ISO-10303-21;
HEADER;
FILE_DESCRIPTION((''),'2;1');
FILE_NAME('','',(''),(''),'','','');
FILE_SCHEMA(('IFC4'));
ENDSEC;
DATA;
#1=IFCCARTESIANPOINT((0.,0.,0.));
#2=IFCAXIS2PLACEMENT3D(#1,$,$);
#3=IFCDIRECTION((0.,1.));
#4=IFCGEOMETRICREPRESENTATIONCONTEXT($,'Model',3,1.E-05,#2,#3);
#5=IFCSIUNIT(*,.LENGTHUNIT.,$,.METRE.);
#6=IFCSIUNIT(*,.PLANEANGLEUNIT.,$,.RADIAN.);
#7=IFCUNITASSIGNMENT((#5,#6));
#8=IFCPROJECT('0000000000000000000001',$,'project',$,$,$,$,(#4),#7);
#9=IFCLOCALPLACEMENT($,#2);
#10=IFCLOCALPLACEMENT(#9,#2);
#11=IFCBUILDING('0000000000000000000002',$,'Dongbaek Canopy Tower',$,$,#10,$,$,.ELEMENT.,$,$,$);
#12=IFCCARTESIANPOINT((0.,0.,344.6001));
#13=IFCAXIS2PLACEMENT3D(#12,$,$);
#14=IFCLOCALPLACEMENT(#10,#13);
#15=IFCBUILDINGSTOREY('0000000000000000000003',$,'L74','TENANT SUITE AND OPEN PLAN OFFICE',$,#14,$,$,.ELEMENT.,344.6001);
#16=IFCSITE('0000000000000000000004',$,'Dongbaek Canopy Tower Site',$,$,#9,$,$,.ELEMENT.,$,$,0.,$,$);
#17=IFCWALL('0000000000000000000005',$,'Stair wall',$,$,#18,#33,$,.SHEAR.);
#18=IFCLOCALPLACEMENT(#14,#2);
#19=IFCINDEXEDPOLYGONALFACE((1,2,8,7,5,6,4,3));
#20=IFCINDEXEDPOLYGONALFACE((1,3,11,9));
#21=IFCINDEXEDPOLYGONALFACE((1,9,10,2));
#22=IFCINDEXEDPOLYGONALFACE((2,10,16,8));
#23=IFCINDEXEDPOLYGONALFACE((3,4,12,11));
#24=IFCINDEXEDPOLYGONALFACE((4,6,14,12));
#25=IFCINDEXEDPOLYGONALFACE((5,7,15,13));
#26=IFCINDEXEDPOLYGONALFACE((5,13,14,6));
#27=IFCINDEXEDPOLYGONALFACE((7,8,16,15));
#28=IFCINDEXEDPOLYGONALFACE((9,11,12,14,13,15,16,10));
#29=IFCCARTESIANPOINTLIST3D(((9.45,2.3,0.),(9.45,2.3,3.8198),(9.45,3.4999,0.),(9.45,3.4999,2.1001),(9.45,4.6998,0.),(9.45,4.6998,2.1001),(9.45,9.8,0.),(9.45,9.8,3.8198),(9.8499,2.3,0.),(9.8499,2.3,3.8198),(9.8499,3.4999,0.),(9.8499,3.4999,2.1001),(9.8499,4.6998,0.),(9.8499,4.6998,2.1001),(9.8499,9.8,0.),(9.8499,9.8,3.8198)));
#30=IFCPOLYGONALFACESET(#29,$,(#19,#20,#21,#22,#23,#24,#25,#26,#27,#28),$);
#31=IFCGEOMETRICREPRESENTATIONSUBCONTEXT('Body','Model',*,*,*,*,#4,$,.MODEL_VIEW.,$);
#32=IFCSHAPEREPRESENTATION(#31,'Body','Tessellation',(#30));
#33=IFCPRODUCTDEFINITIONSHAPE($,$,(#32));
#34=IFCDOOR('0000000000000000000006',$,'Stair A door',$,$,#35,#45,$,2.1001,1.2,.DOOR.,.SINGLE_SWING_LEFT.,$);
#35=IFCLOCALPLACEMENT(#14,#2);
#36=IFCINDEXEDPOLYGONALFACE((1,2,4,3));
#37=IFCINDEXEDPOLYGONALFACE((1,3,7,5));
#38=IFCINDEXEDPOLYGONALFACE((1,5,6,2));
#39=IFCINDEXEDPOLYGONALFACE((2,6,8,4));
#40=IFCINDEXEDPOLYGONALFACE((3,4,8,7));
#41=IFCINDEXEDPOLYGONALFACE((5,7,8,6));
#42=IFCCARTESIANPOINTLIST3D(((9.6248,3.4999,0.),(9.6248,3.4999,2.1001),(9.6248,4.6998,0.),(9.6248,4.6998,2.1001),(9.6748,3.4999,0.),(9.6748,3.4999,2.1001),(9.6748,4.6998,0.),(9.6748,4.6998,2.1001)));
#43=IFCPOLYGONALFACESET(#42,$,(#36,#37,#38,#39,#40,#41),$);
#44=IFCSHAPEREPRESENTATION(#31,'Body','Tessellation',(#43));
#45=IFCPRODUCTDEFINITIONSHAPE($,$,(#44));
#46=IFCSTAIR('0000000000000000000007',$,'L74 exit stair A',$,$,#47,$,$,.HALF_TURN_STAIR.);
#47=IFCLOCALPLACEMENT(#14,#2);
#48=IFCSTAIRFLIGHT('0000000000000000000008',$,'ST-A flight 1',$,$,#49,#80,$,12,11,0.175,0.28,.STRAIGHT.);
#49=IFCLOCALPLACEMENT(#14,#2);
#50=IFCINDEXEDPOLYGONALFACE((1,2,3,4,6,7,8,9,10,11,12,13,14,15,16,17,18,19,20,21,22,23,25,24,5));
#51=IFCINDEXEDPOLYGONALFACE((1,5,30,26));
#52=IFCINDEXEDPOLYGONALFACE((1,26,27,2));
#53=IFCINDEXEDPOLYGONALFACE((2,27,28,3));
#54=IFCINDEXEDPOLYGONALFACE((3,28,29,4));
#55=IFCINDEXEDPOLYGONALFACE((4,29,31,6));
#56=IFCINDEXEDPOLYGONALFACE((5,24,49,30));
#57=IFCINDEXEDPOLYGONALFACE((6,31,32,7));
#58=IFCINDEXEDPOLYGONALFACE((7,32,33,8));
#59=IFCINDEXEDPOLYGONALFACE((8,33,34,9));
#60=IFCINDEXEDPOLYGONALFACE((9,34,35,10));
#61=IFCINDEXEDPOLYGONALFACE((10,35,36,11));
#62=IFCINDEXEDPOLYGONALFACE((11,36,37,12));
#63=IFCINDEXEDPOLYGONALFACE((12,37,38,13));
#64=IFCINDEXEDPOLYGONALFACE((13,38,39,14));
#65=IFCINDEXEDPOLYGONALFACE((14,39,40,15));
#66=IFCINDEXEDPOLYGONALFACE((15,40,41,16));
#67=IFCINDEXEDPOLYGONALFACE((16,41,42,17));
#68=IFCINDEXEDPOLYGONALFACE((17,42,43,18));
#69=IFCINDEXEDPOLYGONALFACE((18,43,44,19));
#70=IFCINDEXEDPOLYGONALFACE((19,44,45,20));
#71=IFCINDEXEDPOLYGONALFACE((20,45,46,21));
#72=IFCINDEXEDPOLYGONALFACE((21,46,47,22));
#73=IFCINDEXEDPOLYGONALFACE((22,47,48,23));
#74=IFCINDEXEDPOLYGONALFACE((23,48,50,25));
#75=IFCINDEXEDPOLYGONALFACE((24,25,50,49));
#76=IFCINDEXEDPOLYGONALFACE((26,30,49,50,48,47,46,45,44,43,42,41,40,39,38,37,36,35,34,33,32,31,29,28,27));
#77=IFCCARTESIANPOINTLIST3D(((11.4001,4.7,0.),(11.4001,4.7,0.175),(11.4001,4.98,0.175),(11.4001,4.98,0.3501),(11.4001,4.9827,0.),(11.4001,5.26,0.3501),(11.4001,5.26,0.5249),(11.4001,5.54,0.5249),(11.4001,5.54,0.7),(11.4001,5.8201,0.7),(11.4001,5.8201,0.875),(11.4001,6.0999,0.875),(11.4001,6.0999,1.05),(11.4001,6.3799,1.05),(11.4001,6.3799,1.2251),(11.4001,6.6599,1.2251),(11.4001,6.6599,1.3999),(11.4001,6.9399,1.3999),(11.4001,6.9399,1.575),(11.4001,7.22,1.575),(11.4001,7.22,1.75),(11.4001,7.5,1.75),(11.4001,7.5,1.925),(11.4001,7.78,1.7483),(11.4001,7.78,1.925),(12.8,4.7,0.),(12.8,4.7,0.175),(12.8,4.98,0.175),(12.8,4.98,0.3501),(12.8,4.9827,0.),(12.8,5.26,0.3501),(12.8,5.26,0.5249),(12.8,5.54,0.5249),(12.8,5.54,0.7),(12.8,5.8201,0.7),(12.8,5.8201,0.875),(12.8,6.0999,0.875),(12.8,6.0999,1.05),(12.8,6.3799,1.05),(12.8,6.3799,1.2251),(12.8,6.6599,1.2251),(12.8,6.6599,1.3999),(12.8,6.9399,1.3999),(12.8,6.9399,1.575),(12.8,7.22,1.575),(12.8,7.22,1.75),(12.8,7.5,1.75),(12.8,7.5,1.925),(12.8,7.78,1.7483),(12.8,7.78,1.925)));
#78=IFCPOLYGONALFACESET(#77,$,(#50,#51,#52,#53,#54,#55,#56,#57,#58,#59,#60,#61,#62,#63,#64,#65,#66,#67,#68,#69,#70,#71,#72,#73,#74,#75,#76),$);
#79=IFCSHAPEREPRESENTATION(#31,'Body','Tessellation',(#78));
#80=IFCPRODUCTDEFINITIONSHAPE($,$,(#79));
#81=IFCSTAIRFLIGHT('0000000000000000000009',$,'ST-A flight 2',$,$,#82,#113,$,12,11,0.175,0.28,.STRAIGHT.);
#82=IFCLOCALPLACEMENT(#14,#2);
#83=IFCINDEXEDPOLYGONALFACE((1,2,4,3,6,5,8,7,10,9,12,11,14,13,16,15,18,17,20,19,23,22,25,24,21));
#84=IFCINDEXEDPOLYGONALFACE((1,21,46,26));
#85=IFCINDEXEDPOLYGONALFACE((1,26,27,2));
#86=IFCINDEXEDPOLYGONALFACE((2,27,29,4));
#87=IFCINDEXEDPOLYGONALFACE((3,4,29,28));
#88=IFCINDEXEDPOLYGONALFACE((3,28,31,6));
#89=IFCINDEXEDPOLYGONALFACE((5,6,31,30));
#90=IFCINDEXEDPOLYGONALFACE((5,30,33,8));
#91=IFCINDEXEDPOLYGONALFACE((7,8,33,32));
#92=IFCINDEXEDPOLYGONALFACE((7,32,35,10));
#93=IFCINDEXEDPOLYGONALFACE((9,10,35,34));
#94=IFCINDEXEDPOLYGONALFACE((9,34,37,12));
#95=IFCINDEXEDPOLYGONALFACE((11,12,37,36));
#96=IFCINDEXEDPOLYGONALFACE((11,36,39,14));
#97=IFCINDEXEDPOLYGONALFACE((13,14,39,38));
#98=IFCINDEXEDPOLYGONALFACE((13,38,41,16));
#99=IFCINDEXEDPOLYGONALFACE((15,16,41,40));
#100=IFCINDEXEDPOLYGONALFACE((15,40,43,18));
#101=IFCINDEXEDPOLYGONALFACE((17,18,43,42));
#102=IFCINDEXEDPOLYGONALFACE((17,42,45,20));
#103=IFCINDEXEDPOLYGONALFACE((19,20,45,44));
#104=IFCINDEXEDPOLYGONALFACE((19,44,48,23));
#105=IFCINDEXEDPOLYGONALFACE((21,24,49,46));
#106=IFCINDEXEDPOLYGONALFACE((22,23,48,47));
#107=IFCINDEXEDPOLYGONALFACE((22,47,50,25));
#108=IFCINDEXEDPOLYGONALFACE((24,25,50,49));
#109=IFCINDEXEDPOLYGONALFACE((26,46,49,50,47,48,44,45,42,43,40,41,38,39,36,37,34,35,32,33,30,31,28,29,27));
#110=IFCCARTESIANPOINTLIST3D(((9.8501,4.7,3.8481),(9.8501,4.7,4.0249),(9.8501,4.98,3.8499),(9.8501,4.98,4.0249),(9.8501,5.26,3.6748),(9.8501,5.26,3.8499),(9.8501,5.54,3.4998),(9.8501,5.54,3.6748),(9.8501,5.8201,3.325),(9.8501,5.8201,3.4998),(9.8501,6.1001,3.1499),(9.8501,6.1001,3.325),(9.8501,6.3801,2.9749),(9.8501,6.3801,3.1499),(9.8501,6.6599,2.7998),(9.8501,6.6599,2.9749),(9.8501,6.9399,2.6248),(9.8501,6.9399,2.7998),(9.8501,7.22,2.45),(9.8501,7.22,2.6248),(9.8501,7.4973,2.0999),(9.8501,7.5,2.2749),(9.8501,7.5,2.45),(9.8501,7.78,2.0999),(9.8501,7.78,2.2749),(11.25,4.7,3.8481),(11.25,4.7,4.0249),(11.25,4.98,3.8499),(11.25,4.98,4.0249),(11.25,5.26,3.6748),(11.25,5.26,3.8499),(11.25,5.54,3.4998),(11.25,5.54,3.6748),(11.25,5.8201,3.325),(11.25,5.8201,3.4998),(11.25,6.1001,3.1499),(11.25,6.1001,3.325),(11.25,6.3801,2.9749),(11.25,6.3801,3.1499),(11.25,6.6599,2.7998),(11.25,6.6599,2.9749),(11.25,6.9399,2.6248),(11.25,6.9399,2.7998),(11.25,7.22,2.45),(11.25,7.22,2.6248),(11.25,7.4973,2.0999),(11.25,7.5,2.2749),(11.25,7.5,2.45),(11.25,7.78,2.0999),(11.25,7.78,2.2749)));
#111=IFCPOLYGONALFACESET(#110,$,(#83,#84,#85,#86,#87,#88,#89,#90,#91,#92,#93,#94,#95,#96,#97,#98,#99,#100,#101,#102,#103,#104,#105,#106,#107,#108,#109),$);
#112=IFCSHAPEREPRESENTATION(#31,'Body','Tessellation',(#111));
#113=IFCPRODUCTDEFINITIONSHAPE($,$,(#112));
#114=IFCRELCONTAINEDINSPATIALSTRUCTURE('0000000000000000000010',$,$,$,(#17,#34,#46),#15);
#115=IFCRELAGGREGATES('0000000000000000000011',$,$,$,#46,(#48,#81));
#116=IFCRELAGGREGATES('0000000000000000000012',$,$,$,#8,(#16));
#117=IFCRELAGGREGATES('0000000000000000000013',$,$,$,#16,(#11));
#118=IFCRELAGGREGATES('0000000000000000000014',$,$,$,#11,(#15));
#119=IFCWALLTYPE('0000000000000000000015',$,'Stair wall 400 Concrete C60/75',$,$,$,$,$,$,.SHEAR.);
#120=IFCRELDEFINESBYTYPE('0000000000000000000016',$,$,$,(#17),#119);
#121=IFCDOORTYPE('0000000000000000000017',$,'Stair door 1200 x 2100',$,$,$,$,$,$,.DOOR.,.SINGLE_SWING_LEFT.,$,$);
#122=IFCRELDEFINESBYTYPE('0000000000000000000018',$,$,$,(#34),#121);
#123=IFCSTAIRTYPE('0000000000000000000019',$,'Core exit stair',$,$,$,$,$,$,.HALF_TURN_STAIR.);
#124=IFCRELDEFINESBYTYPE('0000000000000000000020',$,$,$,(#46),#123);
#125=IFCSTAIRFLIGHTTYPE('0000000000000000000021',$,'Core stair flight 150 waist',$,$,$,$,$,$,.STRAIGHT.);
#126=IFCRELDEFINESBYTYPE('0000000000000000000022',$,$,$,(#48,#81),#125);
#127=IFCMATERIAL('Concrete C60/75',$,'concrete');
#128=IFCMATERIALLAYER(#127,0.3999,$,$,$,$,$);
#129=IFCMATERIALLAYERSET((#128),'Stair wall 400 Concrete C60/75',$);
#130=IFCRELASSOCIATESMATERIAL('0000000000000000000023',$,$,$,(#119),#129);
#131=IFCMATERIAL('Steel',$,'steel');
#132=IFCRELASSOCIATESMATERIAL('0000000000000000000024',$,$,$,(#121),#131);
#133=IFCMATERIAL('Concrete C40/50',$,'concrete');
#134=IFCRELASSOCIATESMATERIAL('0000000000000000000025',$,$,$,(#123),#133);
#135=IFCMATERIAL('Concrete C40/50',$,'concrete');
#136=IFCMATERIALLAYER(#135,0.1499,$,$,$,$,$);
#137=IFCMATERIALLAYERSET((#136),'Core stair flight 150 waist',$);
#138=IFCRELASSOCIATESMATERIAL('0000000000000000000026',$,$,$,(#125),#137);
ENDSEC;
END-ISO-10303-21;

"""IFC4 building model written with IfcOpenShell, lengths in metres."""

from ifc_helpers import new_model, si_unit, direction, frame, frame_2d, origin, place, context, subcontext, project, spatial, polyline, rectangle, outline, extrude, material, layer, layer_set, type_object, element, fill, aggregate, save


model = new_model("IFC4")

# Units and contexts
model_context = context("Model", 3, precision=1e-05, world=origin(), true_north=direction((0.0, 1.0)))
body_context = subcontext(model_context, "Body", "Model", "MODEL_VIEW")
ifc_project = project(units=[si_unit("LENGTHUNIT", "METRE"), si_unit("PLANEANGLEUNIT", "RADIAN")], contexts=[model_context])

# Site, building, storey
site_placement = place(None, origin())
site = spatial("IfcSite", under=ifc_project, at=site_placement, Name="Dongbaek Canopy Tower Site", CompositionType="ELEMENT", RefElevation=0.0)
building_placement = place(site_placement, origin())
building = spatial("IfcBuilding", under=site, at=building_placement, Name="Dongbaek Canopy Tower", CompositionType="ELEMENT")
storey_placement = place(building_placement, frame((0.0, 0.0, 344.6001)))
storey = spatial("IfcBuildingStorey", under=building, at=storey_placement, Name="L74", Description="TENANT SUITE AND OPEN PLAN OFFICE", CompositionType="ELEMENT", Elevation=344.6001)

# Wall, opening, door
ifc_material_1 = material(Name="Concrete C60/75", Category="concrete")
ifc_layer_1 = layer(ifc_material_1, 0.3999)
ifc_layer_set_1 = layer_set([ifc_layer_1], Name="Stair wall 400 Concrete C60/75")
wall_type_1 = type_object("IfcWallType", Name="Stair wall 400 Concrete C60/75", PredefinedType="SHEAR", material=ifc_layer_set_1)
wall_1_placement = place(storey_placement, frame((9.6499, 9.8, 0.0), z_axis=(0.0, 0.0, 1.0), x_axis=(0.0, -1.0, 0.0)))
wall_1 = element("IfcWall", 1, at=wall_1_placement, inside=storey, type_object=wall_type_1, Name="Stair wall", PredefinedType="SHEAR", context=body_context, shape_type="SweptSolid", body=[
    extrude(rectangle(XDim=7.5, YDim=0.3999, at=frame_2d((3.75, 0.0))), origin(), (0.0, 0.0, 1.0), 3.8198),
])
opening_1_placement = place(wall_1_placement, frame((5.1001, 0.0, 0.0)))
opening_1 = element("IfcOpeningElement", 2, at=opening_1_placement, cuts=wall_1, PredefinedType="OPENING", context=body_context, shape_type="SweptSolid", body=[
    extrude(rectangle(XDim=1.2, YDim=2.1001, at=frame_2d((0.6001, 1.05))), frame((0.0, 0.21, 0.0), z_axis=(0.0, -1.0, 0.0), x_axis=(1.0, 0.0, 0.0)), (0.0, 0.0, 1.0), 0.4199),
])
ifc_material_2 = material(Name="Steel", Category="steel")
door_type_1 = type_object("IfcDoorType", Name="Stair door 1200 x 2100", OperationType="SINGLE_SWING_LEFT", PredefinedType="DOOR", material=ifc_material_2)
door_1_placement = place(opening_1_placement, origin())
door_1 = element("IfcDoor", 3, at=door_1_placement, inside=storey, type_object=door_type_1, Name="Stair A door", OperationType="SINGLE_SWING_LEFT", OverallHeight=2.1001, OverallWidth=1.2, PredefinedType="DOOR", context=body_context, shape_type="SweptSolid", body=[
    extrude(rectangle(XDim=1.2, YDim=2.1001, at=frame_2d((0.6001, 1.05))), frame((0.0, 0.0249, 0.0), z_axis=(0.0, -1.0, 0.0), x_axis=(1.0, 0.0, 0.0)), (0.0, 0.0, 1.0), 0.05),
])
fill(opening_1, door_1)

# Stair, stair flights
ifc_material_3 = material(Name="Concrete C40/50", Category="concrete")
stair_type = type_object("IfcStairType", Name="Core exit stair", PredefinedType="HALF_TURN_STAIR", material=ifc_material_3)
stair_placement = place(storey_placement, origin())
stair = element("IfcStair", 4, at=stair_placement, inside=storey, type_object=stair_type, Name="L74 exit stair A", PredefinedType="HALF_TURN_STAIR")
ifc_material_4 = material(Name="Concrete C40/50", Category="concrete")
ifc_layer_2 = layer(ifc_material_4, 0.1499)
ifc_layer_set_2 = layer_set([ifc_layer_2], Name="Core stair flight 150 waist")
stair_flight_type = type_object("IfcStairFlightType", Name="Core stair flight 150 waist", PredefinedType="STRAIGHT", material=ifc_layer_set_2)
stair_flight_1_placement = place(storey_placement, frame((12.1001, 4.7, 0.0), z_axis=(0.0, 0.0, 1.0), x_axis=(0.0, 1.0, 0.0)))
stair_flight_1 = element("IfcStairFlight", 5, at=stair_flight_1_placement, type_object=stair_flight_type, Name="ST-A flight 1", NumberOfRisers=12, NumberOfTreads=11, PredefinedType="STRAIGHT", RiserHeight=0.175, TreadLength=0.28, context=body_context, shape_type="SweptSolid", body=[
    extrude(outline(polyline([(0.0, 0.0), (0.0, 0.175), (0.28, 0.175), (0.28, 0.3501), (0.5601, 0.3501), (0.5601, 0.5249), (0.8401, 0.5249), (0.8401, 0.7), (1.1201, 0.7), (1.1201, 0.875), (1.3999, 0.875), (1.3999, 1.05), (1.6799, 1.05), (1.6799, 1.2251), (1.96, 1.2251), (1.96, 1.3999), (2.24, 1.3999), (2.24, 1.575), (2.52, 1.575), (2.52, 1.75), (2.8, 1.75), (2.8, 1.925), (3.0801, 1.925), (3.0801, 2.1001), (3.0801, 1.7483), (0.2827, 0.0), (0.0, 0.0)])), frame((0.0, 0.7, 0.0), z_axis=(0.0, -1.0, 0.0), x_axis=(1.0, 0.0, 0.0)), (0.0, 0.0, 1.0), 1.3999),
])
stair_flight_2_placement = place(storey_placement, frame((10.55, 7.78, 2.0999), z_axis=(0.0, 0.0, 1.0), x_axis=(0.0, -1.0, 0.0)))
stair_flight_2 = element("IfcStairFlight", 6, at=stair_flight_2_placement, type_object=stair_flight_type, Name="ST-A flight 2", NumberOfRisers=12, NumberOfTreads=11, PredefinedType="STRAIGHT", RiserHeight=0.175, TreadLength=0.28, context=body_context, shape_type="SweptSolid", body=[
    extrude(outline(polyline([(0.0, 0.0), (0.0, 0.175), (0.28, 0.175), (0.28, 0.3501), (0.5601, 0.3501), (0.5601, 0.5249), (0.8401, 0.5249), (0.8401, 0.7), (1.1201, 0.7), (1.1201, 0.875), (1.3999, 0.875), (1.3999, 1.05), (1.6799, 1.05), (1.6799, 1.2251), (1.96, 1.2251), (1.96, 1.3999), (2.24, 1.3999), (2.24, 1.575), (2.52, 1.575), (2.52, 1.75), (2.8, 1.75), (2.8, 1.925), (3.0801, 1.925), (3.0801, 2.1001), (3.0801, 1.7483), (0.2827, 0.0), (0.0, 0.0)])), frame((0.0, 0.7, 0.0), z_axis=(0.0, -1.0, 0.0), x_axis=(1.0, 0.0, 0.0)), (0.0, 0.0, 1.0), 1.3999),
])
aggregate(stair, [stair_flight_1, stair_flight_2])

save(model, "model.ifc")
